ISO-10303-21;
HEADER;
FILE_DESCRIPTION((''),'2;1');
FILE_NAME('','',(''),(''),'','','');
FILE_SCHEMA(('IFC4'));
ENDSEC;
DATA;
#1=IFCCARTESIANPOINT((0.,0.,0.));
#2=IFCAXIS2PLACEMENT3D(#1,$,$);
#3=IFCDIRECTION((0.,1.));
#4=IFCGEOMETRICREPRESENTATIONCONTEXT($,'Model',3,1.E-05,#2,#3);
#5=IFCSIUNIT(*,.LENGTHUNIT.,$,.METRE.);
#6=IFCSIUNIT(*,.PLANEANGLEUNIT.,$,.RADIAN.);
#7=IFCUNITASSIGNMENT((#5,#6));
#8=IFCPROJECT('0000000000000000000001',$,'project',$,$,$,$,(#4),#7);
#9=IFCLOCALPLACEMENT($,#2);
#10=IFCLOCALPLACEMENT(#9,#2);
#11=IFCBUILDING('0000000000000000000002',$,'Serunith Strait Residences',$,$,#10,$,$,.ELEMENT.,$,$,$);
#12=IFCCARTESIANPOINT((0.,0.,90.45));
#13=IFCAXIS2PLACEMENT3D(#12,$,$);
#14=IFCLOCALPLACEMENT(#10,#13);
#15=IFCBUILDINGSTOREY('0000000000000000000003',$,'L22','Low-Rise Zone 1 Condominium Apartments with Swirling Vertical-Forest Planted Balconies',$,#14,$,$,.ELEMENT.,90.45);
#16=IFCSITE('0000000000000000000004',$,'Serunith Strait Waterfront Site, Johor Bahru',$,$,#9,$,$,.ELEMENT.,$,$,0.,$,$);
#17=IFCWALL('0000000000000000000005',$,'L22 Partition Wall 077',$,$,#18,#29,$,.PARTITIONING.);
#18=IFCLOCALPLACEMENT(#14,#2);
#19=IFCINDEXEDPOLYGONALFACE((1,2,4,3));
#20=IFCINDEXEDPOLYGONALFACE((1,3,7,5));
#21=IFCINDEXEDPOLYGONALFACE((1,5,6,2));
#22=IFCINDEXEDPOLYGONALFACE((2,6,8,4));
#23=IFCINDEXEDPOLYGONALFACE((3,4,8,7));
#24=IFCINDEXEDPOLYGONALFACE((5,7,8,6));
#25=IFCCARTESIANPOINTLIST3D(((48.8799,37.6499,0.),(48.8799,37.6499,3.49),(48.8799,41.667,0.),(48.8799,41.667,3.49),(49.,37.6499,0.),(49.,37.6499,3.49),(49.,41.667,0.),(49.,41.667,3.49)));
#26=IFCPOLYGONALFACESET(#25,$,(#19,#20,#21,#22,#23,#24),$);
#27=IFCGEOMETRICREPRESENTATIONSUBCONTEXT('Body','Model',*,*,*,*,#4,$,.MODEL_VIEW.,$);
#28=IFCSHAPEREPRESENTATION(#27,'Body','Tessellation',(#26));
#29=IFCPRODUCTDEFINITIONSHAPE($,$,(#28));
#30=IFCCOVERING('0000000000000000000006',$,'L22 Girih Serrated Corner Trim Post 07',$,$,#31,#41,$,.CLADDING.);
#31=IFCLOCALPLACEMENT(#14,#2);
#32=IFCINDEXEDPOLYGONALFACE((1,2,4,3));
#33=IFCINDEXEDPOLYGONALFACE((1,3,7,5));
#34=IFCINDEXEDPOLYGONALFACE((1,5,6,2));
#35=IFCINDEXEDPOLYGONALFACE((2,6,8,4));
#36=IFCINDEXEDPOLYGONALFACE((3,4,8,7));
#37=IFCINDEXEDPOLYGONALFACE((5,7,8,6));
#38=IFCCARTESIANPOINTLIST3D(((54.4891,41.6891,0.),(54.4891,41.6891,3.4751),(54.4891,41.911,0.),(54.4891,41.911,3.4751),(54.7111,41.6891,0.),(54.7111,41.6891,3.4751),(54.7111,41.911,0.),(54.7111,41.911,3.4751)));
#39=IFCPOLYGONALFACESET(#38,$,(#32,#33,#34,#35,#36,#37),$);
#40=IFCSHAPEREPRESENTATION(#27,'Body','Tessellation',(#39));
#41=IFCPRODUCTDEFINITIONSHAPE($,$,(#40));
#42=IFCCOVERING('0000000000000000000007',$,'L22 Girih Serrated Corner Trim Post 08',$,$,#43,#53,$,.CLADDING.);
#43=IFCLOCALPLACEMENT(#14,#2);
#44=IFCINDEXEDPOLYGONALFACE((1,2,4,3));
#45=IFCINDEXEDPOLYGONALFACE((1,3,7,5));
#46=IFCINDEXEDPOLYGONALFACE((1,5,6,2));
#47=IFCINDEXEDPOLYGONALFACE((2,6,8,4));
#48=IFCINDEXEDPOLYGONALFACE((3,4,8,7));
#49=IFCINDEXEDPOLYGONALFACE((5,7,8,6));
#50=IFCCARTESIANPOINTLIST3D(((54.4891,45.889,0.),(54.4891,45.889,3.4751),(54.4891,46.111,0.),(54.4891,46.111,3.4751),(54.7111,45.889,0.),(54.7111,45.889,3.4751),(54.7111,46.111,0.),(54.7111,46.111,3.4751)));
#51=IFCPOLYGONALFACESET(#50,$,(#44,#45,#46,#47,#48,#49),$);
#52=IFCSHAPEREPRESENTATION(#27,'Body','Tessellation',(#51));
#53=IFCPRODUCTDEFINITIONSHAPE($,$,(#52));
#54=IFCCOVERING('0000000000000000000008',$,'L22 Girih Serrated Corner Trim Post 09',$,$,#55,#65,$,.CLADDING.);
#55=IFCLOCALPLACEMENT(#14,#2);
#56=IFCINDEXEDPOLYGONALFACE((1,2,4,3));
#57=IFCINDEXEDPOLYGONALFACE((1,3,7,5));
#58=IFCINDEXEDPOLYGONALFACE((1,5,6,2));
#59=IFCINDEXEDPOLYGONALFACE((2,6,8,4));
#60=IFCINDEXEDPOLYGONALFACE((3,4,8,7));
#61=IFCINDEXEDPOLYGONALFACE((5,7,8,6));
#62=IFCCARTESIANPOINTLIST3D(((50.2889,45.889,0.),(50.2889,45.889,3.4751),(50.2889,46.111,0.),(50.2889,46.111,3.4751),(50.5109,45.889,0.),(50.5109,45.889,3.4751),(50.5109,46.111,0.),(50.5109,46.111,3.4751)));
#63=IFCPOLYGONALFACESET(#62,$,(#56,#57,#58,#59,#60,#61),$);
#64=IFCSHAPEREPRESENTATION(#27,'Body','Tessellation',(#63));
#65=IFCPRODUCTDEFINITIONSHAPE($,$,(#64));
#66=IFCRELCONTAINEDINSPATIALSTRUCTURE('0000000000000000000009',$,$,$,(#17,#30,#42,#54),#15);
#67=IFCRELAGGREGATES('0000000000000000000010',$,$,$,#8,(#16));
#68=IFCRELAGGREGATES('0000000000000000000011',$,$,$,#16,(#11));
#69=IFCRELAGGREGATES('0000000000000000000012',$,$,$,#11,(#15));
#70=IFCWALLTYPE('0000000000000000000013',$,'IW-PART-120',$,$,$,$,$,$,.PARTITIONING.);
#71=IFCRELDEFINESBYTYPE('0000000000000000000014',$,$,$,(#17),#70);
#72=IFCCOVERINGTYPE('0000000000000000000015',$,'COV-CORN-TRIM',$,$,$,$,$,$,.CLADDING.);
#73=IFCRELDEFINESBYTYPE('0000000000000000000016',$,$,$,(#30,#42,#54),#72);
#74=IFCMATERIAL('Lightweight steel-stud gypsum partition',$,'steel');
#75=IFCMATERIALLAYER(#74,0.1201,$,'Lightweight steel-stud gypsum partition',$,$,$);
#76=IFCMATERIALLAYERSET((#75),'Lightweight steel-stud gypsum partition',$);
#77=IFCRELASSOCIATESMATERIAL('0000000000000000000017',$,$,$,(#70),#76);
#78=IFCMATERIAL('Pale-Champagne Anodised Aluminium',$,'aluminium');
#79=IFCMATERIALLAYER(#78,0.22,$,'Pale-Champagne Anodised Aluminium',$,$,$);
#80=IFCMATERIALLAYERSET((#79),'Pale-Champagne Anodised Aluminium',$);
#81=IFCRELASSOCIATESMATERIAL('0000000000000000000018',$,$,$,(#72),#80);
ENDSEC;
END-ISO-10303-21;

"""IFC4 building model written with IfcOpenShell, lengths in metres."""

from ifc_helpers import new_model, si_unit, direction, frame, frame_2d, origin, origin_2d, place, context, subcontext, project, spatial, rectangle, extrude, source, transform, mapped, material, layer, layer_set, type_object, element, save


model = new_model("IFC4")

# Units and contexts
model_context = context("Model", 3, precision=1e-05, world=origin(), true_north=direction((0.0, 1.0)))
body_context = subcontext(model_context, "Body", "Model", "MODEL_VIEW")
ifc_project = project(units=[si_unit("LENGTHUNIT", "METRE"), si_unit("PLANEANGLEUNIT", "RADIAN")], contexts=[model_context])

# Site, building, storey
site_placement = place(None, origin())
site = spatial("IfcSite", under=ifc_project, at=site_placement, Name="Serunith Strait Waterfront Site, Johor Bahru", CompositionType="ELEMENT", RefElevation=0.0)
building_placement = place(site_placement, origin())
building = spatial("IfcBuilding", under=site, at=building_placement, Name="Serunith Strait Residences", CompositionType="ELEMENT")
storey_placement = place(building_placement, frame((0.0, 0.0, 90.45)))
storey = spatial("IfcBuildingStorey", under=building, at=storey_placement, Name="L22", Description="Low-Rise Zone 1 Condominium Apartments with Swirling Vertical-Forest Planted Balconies", CompositionType="ELEMENT", Elevation=90.45)

# Shared definitions
ifc_material_1 = material(Name="Pale-Champagne Anodised Aluminium", Category="aluminium")

# Shared definitions
ifc_material_2 = material(Name="Lightweight steel-stud gypsum partition", Category="steel")
ifc_layer_1 = layer(ifc_material_2, 0.1201, Name="Lightweight steel-stud gypsum partition")
ifc_layer_set_1 = layer_set([ifc_layer_1], Name="Lightweight steel-stud gypsum partition")
wall_type_1 = type_object("IfcWallType", Name="IW-PART-120", PredefinedType="PARTITIONING", material=ifc_layer_set_1)

# Wall
wall_1_placement = place(storey_placement, frame((48.9399, 41.667, 0.0), z_axis=(0.0, 0.0, 1.0), x_axis=(0.0, -1.0, 0.0)))
element("IfcWall", 1, at=wall_1_placement, inside=storey, type_object=wall_type_1, Name="L22 Partition Wall 077", PredefinedType="PARTITIONING", context=body_context, shape_type="SweptSolid", body=[
    extrude(rectangle(XDim=4.0171, YDim=0.1201, at=frame_2d((2.0085, 0.0))), origin(), (0.0, 0.0, 1.0), 3.49),
])

# Coverings
ifc_layer_2 = layer(ifc_material_1, 0.22, Name="Pale-Champagne Anodised Aluminium")
ifc_layer_set_2 = layer_set([ifc_layer_2], Name="Pale-Champagne Anodised Aluminium")
covering_type = type_object("IfcCoveringType", Name="COV-CORN-TRIM", PredefinedType="CLADDING", material=ifc_layer_set_2)
shared_shape_1 = source(origin(), body_context, "Body", "SweptSolid", [
    extrude(rectangle(XDim=0.2219, YDim=0.2219, at=origin_2d()), origin(), (0.0, 0.0, 1.0), 3.4751),
])
for number, where, z_axis, x_axis, name in (
    (2, (54.6001, 41.8, 0.0), (0.0, 0.0, 1.0), (1.0, 0.0, 0.0), "L22 Girih Serrated Corner Trim Post 07"),
    (3, (54.6001, 46.0, 0.0), (0.0, 0.0, 1.0), (1.0, 0.0, 0.0), "L22 Girih Serrated Corner Trim Post 08"),
    (4, (50.3999, 46.0, 0.0), (0.0, 0.0, 1.0), (1.0, 0.0, 0.0), "L22 Girih Serrated Corner Trim Post 09"),
):
    element("IfcCovering", number, at=place(storey_placement, frame(where, z_axis=z_axis, x_axis=x_axis)), inside=storey, type_object=covering_type, Name=name, PredefinedType="CLADDING", context=body_context, shape_type="MappedRepresentation", body=[
        mapped(shared_shape_1, transform((0.0, 0.0, 0.0), scale=1.0)),
    ])

save(model, "model.ifc")
